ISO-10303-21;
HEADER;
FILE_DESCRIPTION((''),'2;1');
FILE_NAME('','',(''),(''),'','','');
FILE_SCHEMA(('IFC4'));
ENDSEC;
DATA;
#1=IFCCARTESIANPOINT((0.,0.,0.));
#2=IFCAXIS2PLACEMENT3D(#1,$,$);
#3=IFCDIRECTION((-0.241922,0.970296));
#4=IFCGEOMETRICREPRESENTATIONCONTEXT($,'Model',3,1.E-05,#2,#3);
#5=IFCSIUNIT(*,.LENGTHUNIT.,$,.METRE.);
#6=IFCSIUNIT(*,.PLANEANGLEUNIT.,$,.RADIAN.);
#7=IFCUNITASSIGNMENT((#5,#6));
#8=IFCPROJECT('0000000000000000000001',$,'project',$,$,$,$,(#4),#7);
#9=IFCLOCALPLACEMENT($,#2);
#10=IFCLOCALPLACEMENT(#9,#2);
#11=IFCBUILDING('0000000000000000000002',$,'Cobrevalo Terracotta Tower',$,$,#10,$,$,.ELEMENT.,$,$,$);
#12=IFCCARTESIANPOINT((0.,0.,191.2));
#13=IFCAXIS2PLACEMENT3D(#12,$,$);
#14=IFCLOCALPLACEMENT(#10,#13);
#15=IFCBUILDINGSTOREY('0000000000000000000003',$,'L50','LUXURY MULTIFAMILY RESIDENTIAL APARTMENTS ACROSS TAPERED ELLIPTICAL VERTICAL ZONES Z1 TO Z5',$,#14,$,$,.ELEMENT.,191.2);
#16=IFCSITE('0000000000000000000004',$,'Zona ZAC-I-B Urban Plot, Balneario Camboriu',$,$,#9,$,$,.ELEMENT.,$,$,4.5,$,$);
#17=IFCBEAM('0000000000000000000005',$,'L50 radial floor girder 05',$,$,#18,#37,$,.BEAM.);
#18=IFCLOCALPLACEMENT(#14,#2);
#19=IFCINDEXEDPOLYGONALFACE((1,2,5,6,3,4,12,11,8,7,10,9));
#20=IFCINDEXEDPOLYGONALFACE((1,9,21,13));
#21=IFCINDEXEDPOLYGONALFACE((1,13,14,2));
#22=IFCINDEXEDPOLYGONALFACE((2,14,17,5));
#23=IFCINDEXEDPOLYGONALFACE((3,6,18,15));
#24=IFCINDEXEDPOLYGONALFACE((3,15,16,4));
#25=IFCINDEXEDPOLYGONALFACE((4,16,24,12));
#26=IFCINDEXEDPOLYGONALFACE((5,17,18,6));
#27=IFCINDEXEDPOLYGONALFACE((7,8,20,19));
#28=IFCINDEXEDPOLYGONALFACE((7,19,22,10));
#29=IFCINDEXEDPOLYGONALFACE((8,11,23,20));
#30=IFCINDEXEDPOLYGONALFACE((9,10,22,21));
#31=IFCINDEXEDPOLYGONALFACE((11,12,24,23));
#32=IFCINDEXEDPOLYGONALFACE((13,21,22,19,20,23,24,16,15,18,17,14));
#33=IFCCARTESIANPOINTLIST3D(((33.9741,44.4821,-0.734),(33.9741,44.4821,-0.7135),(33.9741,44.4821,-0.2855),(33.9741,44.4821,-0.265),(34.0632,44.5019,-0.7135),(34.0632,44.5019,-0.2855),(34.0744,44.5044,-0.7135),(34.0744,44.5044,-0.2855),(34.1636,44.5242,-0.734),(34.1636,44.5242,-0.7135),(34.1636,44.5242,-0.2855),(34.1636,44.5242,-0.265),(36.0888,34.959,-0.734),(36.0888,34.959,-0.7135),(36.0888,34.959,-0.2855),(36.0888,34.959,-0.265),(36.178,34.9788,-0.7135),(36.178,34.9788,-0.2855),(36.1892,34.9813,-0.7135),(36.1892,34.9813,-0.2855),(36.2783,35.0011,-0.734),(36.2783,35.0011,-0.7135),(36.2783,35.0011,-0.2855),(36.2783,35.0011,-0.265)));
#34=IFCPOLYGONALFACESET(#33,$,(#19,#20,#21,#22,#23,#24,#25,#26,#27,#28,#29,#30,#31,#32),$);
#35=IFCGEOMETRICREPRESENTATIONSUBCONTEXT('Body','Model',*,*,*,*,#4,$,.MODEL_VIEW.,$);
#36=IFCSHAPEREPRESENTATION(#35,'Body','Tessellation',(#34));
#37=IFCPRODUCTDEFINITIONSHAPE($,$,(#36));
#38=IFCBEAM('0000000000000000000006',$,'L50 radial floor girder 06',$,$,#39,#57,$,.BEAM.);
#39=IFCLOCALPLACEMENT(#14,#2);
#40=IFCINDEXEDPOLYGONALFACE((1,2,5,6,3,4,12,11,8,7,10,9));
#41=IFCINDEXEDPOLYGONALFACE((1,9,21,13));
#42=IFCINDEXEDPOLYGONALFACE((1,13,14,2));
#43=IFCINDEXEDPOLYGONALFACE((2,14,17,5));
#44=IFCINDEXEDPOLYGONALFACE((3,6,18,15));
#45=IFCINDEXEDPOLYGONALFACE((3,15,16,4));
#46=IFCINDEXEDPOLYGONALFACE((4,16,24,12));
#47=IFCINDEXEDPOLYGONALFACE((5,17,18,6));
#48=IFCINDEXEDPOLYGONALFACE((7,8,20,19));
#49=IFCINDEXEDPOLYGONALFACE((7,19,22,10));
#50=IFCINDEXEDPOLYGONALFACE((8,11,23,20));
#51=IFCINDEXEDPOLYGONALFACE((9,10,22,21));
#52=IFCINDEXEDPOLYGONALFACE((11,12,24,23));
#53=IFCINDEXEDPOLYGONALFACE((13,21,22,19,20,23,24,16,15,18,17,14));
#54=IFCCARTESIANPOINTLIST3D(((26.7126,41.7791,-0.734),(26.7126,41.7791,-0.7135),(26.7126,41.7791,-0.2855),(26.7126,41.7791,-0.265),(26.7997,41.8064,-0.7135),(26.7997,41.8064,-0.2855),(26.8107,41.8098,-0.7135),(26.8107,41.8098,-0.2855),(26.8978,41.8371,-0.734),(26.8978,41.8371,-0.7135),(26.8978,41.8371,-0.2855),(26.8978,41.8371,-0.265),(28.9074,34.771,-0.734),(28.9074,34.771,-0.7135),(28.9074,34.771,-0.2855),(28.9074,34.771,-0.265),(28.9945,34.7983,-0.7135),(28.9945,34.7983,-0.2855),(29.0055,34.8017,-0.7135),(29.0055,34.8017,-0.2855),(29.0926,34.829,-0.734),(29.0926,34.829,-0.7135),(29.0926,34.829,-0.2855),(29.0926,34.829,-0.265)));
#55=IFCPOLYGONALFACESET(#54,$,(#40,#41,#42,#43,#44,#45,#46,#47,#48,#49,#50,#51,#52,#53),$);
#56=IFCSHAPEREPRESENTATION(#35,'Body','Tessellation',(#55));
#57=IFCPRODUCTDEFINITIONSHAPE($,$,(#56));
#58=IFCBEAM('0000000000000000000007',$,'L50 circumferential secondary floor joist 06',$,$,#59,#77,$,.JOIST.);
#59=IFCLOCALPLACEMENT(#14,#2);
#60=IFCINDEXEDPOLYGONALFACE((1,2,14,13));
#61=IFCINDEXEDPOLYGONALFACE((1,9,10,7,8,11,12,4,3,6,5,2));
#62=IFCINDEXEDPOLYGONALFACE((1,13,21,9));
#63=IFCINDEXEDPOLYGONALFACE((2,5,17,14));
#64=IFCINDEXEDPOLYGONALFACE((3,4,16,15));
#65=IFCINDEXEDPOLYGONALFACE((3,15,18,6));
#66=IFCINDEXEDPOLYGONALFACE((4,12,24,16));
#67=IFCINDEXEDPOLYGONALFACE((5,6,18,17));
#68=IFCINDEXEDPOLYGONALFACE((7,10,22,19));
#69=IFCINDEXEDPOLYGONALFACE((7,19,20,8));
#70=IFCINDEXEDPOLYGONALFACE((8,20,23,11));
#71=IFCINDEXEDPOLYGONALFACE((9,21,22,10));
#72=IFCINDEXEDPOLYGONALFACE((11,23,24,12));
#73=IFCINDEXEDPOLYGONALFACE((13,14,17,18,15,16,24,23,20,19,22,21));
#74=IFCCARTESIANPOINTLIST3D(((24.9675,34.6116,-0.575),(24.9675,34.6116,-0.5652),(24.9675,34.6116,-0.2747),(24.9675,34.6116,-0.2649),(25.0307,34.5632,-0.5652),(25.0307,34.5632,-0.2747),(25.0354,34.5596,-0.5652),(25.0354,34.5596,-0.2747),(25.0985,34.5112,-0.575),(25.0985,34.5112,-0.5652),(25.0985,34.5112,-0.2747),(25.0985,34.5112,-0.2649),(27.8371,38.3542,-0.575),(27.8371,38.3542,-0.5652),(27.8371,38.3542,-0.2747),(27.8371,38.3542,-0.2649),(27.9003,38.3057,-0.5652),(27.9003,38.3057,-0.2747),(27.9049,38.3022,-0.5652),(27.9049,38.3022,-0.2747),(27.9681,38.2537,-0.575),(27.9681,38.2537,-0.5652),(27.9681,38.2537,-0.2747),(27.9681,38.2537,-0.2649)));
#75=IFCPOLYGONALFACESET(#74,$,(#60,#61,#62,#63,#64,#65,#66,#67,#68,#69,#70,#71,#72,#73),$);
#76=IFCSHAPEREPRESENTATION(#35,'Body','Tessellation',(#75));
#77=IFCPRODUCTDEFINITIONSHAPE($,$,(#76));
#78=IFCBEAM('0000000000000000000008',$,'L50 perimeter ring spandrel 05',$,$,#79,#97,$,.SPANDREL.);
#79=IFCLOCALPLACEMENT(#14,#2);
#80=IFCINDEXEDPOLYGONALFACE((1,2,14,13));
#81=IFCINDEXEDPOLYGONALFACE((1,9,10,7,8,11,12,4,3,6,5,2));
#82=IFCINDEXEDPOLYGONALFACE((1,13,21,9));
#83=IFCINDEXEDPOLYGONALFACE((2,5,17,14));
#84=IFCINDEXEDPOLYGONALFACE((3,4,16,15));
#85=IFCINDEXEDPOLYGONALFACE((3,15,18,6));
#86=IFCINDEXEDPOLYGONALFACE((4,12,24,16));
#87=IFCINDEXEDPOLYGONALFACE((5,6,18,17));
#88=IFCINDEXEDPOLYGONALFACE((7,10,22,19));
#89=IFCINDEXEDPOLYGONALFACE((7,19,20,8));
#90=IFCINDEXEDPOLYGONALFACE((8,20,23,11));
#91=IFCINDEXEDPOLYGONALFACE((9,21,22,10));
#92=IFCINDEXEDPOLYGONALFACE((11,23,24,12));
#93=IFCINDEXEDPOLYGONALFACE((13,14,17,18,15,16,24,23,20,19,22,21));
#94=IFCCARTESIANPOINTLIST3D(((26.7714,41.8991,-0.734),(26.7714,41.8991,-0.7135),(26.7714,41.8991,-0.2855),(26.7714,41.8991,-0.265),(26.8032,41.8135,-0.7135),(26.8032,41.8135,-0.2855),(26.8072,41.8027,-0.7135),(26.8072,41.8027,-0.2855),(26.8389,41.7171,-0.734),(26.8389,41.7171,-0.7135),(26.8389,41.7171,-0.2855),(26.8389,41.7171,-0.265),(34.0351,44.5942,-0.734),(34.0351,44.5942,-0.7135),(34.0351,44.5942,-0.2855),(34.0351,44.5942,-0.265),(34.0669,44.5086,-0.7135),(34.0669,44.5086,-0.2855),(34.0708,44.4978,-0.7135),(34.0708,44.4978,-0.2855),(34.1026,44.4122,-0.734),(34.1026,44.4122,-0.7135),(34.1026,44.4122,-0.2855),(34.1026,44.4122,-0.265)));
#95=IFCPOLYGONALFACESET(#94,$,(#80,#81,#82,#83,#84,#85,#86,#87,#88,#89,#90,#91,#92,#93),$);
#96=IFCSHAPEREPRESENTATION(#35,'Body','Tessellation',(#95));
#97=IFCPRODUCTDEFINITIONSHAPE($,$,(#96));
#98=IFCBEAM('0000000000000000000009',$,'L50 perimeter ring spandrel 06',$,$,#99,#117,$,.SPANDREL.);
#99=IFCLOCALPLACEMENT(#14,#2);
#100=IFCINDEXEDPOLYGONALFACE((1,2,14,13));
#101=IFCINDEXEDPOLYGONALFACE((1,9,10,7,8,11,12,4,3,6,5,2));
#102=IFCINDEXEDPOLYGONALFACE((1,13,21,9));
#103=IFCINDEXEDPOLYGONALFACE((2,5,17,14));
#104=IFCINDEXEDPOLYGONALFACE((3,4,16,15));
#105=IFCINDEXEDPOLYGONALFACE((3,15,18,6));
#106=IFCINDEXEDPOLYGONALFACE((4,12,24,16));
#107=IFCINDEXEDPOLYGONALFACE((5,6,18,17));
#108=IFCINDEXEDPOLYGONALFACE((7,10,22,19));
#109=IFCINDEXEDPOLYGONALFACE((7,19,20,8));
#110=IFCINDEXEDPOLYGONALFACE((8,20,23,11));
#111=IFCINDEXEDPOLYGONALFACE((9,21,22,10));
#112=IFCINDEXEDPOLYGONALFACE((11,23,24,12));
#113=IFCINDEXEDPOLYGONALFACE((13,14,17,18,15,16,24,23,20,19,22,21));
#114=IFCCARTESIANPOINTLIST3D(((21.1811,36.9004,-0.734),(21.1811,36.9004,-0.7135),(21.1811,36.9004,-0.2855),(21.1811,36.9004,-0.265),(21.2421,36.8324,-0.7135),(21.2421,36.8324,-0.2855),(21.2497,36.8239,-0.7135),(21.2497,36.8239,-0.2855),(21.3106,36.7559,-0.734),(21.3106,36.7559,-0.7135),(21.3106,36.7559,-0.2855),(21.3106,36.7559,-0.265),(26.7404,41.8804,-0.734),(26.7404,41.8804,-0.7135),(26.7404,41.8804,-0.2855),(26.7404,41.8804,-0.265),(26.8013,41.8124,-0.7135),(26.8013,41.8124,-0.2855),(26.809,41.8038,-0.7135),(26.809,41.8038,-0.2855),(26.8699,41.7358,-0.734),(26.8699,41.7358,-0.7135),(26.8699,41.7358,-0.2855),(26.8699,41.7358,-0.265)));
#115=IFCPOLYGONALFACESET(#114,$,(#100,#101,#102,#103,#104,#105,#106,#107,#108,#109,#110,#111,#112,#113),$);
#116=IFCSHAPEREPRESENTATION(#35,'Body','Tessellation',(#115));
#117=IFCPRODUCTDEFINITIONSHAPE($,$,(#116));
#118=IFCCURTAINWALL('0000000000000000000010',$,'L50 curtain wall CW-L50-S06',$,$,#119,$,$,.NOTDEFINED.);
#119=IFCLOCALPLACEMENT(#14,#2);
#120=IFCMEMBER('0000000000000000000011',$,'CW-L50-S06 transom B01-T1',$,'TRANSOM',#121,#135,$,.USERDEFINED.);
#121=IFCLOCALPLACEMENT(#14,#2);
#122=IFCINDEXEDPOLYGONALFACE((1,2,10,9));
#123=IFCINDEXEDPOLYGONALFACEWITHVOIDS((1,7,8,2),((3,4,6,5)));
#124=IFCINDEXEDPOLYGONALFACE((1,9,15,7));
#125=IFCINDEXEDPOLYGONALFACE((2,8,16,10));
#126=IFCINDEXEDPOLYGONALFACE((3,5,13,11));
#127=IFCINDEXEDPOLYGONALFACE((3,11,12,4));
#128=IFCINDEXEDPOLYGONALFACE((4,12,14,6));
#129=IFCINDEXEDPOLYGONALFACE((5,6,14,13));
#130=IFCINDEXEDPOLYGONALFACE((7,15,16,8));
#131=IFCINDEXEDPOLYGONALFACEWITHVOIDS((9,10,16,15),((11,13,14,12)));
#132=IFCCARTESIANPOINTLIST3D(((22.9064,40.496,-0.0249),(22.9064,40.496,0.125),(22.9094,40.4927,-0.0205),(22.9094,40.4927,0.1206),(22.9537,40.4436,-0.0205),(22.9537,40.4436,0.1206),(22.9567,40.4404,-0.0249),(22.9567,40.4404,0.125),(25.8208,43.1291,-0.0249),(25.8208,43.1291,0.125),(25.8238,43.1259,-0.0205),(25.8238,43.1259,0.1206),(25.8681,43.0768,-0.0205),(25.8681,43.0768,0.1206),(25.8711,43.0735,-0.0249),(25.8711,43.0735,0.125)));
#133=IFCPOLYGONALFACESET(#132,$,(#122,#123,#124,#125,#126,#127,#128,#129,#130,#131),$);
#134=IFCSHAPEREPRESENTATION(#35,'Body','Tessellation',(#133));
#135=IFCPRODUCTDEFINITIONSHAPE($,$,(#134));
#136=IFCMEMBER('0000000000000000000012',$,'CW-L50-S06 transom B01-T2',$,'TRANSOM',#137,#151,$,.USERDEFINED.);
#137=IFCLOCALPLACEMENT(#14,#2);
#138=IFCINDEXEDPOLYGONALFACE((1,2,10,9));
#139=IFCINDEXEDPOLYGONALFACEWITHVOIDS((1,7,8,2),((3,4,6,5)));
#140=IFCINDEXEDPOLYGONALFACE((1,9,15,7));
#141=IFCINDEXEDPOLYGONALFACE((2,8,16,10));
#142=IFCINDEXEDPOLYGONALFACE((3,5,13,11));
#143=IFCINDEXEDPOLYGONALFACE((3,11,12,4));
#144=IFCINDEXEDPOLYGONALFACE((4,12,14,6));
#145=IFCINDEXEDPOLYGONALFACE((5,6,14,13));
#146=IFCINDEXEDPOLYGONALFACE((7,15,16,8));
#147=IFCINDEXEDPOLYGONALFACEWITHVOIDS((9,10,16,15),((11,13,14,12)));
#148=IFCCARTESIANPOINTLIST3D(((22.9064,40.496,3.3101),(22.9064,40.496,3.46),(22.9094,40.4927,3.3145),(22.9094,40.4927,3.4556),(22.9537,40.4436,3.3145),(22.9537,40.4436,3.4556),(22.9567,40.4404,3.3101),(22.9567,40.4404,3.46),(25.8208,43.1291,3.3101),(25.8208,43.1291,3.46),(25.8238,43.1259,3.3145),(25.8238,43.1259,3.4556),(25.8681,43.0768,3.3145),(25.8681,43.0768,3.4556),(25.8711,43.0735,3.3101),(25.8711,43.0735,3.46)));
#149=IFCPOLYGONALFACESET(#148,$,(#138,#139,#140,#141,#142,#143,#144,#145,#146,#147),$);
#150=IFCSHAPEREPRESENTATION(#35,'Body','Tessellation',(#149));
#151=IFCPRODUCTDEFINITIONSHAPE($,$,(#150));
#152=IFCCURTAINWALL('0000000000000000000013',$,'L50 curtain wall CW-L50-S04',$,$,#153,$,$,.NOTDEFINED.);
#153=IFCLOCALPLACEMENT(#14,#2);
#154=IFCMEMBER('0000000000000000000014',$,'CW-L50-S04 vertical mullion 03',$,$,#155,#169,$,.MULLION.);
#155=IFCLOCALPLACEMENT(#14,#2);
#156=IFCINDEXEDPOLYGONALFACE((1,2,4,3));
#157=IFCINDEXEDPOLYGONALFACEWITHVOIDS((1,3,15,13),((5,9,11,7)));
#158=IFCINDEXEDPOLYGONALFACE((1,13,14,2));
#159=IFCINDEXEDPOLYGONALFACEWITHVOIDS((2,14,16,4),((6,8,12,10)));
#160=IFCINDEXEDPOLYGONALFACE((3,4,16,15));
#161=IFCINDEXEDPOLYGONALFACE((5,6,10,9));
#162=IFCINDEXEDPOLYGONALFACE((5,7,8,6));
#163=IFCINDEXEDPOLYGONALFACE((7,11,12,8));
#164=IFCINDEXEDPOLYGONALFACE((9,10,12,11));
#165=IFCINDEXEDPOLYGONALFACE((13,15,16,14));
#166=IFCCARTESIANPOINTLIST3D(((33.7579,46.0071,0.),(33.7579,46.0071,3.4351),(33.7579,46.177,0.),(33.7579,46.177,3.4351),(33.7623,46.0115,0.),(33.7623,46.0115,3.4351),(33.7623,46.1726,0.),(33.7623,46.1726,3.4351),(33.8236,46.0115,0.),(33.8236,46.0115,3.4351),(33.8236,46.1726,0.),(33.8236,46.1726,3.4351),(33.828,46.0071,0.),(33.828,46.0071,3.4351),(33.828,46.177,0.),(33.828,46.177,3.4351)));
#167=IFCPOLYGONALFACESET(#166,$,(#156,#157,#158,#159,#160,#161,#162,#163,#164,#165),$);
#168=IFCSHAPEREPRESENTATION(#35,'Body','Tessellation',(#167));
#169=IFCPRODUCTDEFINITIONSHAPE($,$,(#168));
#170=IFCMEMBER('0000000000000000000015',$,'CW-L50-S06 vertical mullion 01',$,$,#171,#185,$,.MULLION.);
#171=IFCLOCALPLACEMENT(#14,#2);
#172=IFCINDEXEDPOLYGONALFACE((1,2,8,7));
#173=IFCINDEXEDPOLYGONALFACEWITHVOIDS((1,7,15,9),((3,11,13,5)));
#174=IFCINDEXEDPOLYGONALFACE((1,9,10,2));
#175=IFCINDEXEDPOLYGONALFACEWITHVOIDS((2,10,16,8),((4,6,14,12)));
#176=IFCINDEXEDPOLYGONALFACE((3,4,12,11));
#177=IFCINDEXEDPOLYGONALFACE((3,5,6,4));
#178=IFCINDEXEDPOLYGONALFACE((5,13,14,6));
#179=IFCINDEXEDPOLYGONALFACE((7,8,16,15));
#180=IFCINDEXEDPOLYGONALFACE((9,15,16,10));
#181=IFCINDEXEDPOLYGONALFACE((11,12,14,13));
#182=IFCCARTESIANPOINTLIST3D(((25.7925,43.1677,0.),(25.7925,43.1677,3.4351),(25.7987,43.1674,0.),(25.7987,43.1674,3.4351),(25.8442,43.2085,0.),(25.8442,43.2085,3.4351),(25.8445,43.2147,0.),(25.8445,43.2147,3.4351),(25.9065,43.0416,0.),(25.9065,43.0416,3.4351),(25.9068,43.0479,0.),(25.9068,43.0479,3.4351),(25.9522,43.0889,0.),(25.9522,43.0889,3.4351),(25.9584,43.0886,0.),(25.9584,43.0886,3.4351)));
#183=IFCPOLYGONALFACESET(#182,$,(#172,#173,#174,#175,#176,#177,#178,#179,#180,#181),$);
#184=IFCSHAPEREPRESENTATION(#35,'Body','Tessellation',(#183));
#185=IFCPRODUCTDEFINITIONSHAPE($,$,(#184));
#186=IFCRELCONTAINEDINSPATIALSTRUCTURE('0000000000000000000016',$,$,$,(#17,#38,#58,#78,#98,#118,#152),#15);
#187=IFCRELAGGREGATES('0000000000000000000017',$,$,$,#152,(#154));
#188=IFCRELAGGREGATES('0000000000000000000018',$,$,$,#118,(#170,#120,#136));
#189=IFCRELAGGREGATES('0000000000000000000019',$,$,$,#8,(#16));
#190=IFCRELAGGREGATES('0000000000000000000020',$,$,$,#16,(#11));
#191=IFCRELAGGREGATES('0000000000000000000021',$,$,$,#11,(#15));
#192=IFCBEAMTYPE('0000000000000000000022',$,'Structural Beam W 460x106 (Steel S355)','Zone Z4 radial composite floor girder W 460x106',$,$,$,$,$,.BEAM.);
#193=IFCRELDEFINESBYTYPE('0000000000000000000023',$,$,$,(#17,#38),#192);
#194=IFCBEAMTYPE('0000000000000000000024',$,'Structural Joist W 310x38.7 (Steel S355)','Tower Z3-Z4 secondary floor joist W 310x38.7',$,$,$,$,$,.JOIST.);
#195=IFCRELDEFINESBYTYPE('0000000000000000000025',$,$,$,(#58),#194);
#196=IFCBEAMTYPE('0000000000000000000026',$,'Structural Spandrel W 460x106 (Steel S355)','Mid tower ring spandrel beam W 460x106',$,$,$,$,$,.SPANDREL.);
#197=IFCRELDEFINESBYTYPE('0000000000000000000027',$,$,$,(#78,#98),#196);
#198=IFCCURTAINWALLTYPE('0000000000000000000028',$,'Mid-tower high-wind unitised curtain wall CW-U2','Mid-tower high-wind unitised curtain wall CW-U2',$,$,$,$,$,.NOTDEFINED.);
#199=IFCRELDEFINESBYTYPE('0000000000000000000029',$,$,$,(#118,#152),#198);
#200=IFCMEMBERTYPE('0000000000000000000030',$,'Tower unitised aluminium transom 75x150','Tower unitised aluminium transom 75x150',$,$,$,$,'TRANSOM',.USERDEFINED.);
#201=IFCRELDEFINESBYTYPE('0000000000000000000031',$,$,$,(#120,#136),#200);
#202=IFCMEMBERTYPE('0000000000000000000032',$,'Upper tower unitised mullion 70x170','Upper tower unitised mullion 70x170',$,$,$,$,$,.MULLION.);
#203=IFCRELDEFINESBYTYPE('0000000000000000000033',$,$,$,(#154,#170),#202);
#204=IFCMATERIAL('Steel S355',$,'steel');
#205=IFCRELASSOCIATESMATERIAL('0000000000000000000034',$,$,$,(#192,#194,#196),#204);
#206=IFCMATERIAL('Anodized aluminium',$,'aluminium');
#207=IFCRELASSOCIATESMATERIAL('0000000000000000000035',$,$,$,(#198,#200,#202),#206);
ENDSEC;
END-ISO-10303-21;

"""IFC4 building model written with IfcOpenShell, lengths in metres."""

from ifc_helpers import new_model, si_unit, direction, frame, origin, origin_2d, place, context, subcontext, project, spatial, hollow_rectangle, i_section, extrude, source, transform, mapped, material, material_profile, profile_set, type_object, element, aggregate, save


model = new_model("IFC4")

# Units and contexts
model_context = context("Model", 3, precision=1e-05, world=origin(), true_north=direction((-0.241922, 0.970296)))
body_context = subcontext(model_context, "Body", "Model", "MODEL_VIEW")
ifc_project = project(units=[si_unit("LENGTHUNIT", "METRE"), si_unit("PLANEANGLEUNIT", "RADIAN")], contexts=[model_context])

# Site, building, storey
site_placement = place(None, origin())
site = spatial("IfcSite", under=ifc_project, at=site_placement, Name="Zona ZAC-I-B Urban Plot, Balneario Camboriu", CompositionType="ELEMENT", RefElevation=4.5)
building_placement = place(site_placement, origin())
building = spatial("IfcBuilding", under=site, at=building_placement, Name="Cobrevalo Terracotta Tower", CompositionType="ELEMENT")
storey_placement = place(building_placement, frame((0.0, 0.0, 191.2)))
storey = spatial("IfcBuildingStorey", under=building, at=storey_placement, Name="L50", Description="LUXURY MULTIFAMILY RESIDENTIAL APARTMENTS ACROSS TAPERED ELLIPTICAL VERTICAL ZONES Z1 TO Z5", CompositionType="ELEMENT", Elevation=191.2)

# Shared definitions
ifc_material_1 = material(Name="Steel S355", Category="steel")

# Beams
ifc_material_profile_1 = material_profile(ifc_material_1, i_section(OverallWidth=0.1941, OverallDepth=0.469, WebThickness=0.0115, FlangeThickness=0.0205, at=origin_2d()), Name="W 460x106")
ifc_profile_set_1 = profile_set([ifc_material_profile_1], Name="Steel S355")
beam_type_1 = type_object("IfcBeamType", Name="Structural Beam W 460x106 (Steel S355)", Description="Zone Z4 radial composite floor girder W 460x106", PredefinedType="BEAM", material=ifc_profile_set_1)
beam_1_placement = place(storey_placement, frame((34.0688, 44.5032, -0.4995), z_axis=(0.216782, -0.97622, 0.0), x_axis=(0.97622, 0.216782, 0.0)))
element("IfcBeam", 1, at=beam_1_placement, inside=storey, type_object=beam_type_1, Name="L50 radial floor girder 05", PredefinedType="BEAM", context=body_context, shape_type="SweptSolid", body=[
    extrude(i_section(OverallWidth=0.1941, OverallDepth=0.469, WebThickness=0.0115, FlangeThickness=0.0205, at=origin_2d()), origin(), (0.0, 0.0, 1.0), 9.7551),
])
beam_2_placement = place(storey_placement, frame((26.8052, 41.8081, -0.4995), z_axis=(0.298871, -0.954293, 0.0), x_axis=(0.954293, 0.298871, 0.0)))
element("IfcBeam", 2, at=beam_2_placement, inside=storey, type_object=beam_type_1, Name="L50 radial floor girder 06", PredefinedType="BEAM", context=body_context, shape_type="SweptSolid", body=[
    extrude(i_section(OverallWidth=0.1941, OverallDepth=0.469, WebThickness=0.0115, FlangeThickness=0.0205, at=origin_2d()), origin(), (0.0, 0.0, 1.0), 7.3438),
])
ifc_material_profile_2 = material_profile(ifc_material_1, i_section(OverallWidth=0.165, OverallDepth=0.3101, WebThickness=0.0059, FlangeThickness=0.0098, at=origin_2d()), Name="W 310x38.7")
ifc_profile_set_2 = profile_set([ifc_material_profile_2], Name="Steel S355")
beam_type_2 = type_object("IfcBeamType", Name="Structural Joist W 310x38.7 (Steel S355)", Description="Tower Z3-Z4 secondary floor joist W 310x38.7", PredefinedType="JOIST", material=ifc_profile_set_2)
beam_3_placement = place(storey_placement, frame((27.9026, 38.304, -0.4199), z_axis=(-0.608464, -0.793581, 0.0), x_axis=(0.793581, -0.608464, 0.0)))
element("IfcBeam", 3, at=beam_3_placement, inside=storey, type_object=beam_type_2, Name="L50 circumferential secondary floor joist 06", PredefinedType="JOIST", context=body_context, shape_type="SweptSolid", body=[
    extrude(i_section(OverallWidth=0.165, OverallDepth=0.3101, WebThickness=0.0059, FlangeThickness=0.0098, at=origin_2d()), origin(), (0.0, 0.0, 1.0), 4.7161),
])
ifc_material_profile_3 = material_profile(ifc_material_1, i_section(OverallWidth=0.1941, OverallDepth=0.469, WebThickness=0.0115, FlangeThickness=0.0205, at=origin_2d()), Name="W 460x106")
ifc_profile_set_3 = profile_set([ifc_material_profile_3], Name="Steel S355")
beam_type_3 = type_object("IfcBeamType", Name="Structural Spandrel W 460x106 (Steel S355)", Description="Mid tower ring spandrel beam W 460x106", PredefinedType="SPANDREL", material=ifc_profile_set_3)
beam_4_placement = place(storey_placement, frame((34.0688, 44.5032, -0.4995), z_axis=(-0.937546, -0.347861, 0.0), x_axis=(0.347861, -0.937546, 0.0)))
element("IfcBeam", 4, at=beam_4_placement, inside=storey, type_object=beam_type_3, Name="L50 perimeter ring spandrel 05", PredefinedType="SPANDREL", context=body_context, shape_type="SweptSolid", body=[
    extrude(i_section(OverallWidth=0.1941, OverallDepth=0.469, WebThickness=0.0115, FlangeThickness=0.0205, at=origin_2d()), origin(), (0.0, 0.0, 1.0), 7.7476),
])
beam_5_placement = place(storey_placement, frame((26.8052, 41.8081, -0.4995), z_axis=(-0.744852, -0.66723, 0.0), x_axis=(0.66723, -0.744852, 0.0)))
element("IfcBeam", 5, at=beam_5_placement, inside=storey, type_object=beam_type_3, Name="L50 perimeter ring spandrel 06", PredefinedType="SPANDREL", context=body_context, shape_type="SweptSolid", body=[
    extrude(i_section(OverallWidth=0.1941, OverallDepth=0.469, WebThickness=0.0115, FlangeThickness=0.0205, at=origin_2d()), origin(), (0.0, 0.0, 1.0), 7.4636),
])

# Curtain wall, members
ifc_material_2 = material(Name="Anodized aluminium", Category="aluminium")
curtain_wall_type = type_object("IfcCurtainWallType", Name="Mid-tower high-wind unitised curtain wall CW-U2", Description="Mid-tower high-wind unitised curtain wall CW-U2", PredefinedType="NOTDEFINED", material=ifc_material_2)
curtain_wall_1_placement = place(storey_placement, origin())
curtain_wall_1 = element("IfcCurtainWall", 6, at=curtain_wall_1_placement, inside=storey, type_object=curtain_wall_type, Name="L50 curtain wall CW-L50-S06", PredefinedType="NOTDEFINED")
ifc_material_profile_4 = material_profile(ifc_material_2, hollow_rectangle(XDim=0.075, YDim=0.1499, WallThickness=0.0044, at=origin_2d()), Name="CWT 75x150")
ifc_profile_set_4 = profile_set([ifc_material_profile_4], Name="Anodized aluminium")
member_type_1 = type_object("IfcMemberType", Name="Tower unitised aluminium transom 75x150", Description="Tower unitised aluminium transom 75x150", ElementType="TRANSOM", PredefinedType="USERDEFINED", material=ifc_profile_set_4)
shared_shape_1 = source(origin(), body_context, "Body", "SweptSolid", [
    extrude(hollow_rectangle(XDim=0.075, YDim=0.1499, WallThickness=0.0044, at=origin_2d()), origin(), (0.0, 0.0, 1.0), 3.9277),
])
member_1_placement = place(storey_placement, frame((25.8459, 43.1013, 0.05), z_axis=(-0.742004, -0.670396, 0.0), x_axis=(0.670396, -0.742004, 0.0)))
member_1 = element("IfcMember", 7, at=member_1_placement, type_object=member_type_1, Name="CW-L50-S06 transom B01-T1", ObjectType="TRANSOM", PredefinedType="USERDEFINED", context=body_context, shape_type="MappedRepresentation", body=[
    mapped(shared_shape_1, transform((0.0, 0.0, 0.0), scale=1.0)),
])
member_2_placement = place(storey_placement, frame((25.8459, 43.1013, 3.385), z_axis=(-0.742004, -0.670396, 0.0), x_axis=(0.670396, -0.742004, 0.0)))
member_2 = element("IfcMember", 8, at=member_2_placement, type_object=member_type_1, Name="CW-L50-S06 transom B01-T2", ObjectType="TRANSOM", PredefinedType="USERDEFINED", context=body_context, shape_type="MappedRepresentation", body=[
    mapped(shared_shape_1, transform((0.0, 0.0, 0.0), scale=1.0)),
])

# Curtain wall, member
curtain_wall_2_placement = place(storey_placement, origin())
curtain_wall_2 = element("IfcCurtainWall", 9, at=curtain_wall_2_placement, inside=storey, type_object=curtain_wall_type, Name="L50 curtain wall CW-L50-S04", PredefinedType="NOTDEFINED")
ifc_material_profile_5 = material_profile(ifc_material_2, hollow_rectangle(XDim=0.0701, YDim=0.1699, WallThickness=0.0044, at=origin_2d()), Name="CWM 70x170")
ifc_profile_set_5 = profile_set([ifc_material_profile_5], Name="Anodized aluminium")
member_type_2 = type_object("IfcMemberType", Name="Upper tower unitised mullion 70x170", Description="Upper tower unitised mullion 70x170", PredefinedType="MULLION", material=ifc_profile_set_5)
shared_shape_2 = source(origin(), body_context, "Body", "SweptSolid", [
    extrude(hollow_rectangle(XDim=0.0701, YDim=0.1699, WallThickness=0.0044, at=origin_2d()), origin(), (0.0, 0.0, 1.0), 3.4351),
])
member_3_placement = place(storey_placement, frame((33.793, 46.092, 0.0), z_axis=(0.0, 0.0, 1.0), x_axis=(-1.0, 0.0, 0.0)))
member_3 = element("IfcMember", 10, at=member_3_placement, type_object=member_type_2, Name="CW-L50-S04 vertical mullion 03", PredefinedType="MULLION", context=body_context, shape_type="MappedRepresentation", body=[
    mapped(shared_shape_2, transform((0.0, 0.0, 0.0), scale=1.0)),
])
aggregate(curtain_wall_2, [member_3])

# Member
member_4_placement = place(storey_placement, frame((25.8755, 43.1282, 0.0), z_axis=(0.0, 0.0, 1.0), x_axis=(-0.741988, -0.670414, 0.0)))
member_4 = element("IfcMember", 11, at=member_4_placement, type_object=member_type_2, Name="CW-L50-S06 vertical mullion 01", PredefinedType="MULLION", context=body_context, shape_type="MappedRepresentation", body=[
    mapped(shared_shape_2, transform((0.0, 0.0, 0.0), scale=1.0)),
])
aggregate(curtain_wall_1, [member_4, member_1, member_2])

save(model, "model.ifc")
